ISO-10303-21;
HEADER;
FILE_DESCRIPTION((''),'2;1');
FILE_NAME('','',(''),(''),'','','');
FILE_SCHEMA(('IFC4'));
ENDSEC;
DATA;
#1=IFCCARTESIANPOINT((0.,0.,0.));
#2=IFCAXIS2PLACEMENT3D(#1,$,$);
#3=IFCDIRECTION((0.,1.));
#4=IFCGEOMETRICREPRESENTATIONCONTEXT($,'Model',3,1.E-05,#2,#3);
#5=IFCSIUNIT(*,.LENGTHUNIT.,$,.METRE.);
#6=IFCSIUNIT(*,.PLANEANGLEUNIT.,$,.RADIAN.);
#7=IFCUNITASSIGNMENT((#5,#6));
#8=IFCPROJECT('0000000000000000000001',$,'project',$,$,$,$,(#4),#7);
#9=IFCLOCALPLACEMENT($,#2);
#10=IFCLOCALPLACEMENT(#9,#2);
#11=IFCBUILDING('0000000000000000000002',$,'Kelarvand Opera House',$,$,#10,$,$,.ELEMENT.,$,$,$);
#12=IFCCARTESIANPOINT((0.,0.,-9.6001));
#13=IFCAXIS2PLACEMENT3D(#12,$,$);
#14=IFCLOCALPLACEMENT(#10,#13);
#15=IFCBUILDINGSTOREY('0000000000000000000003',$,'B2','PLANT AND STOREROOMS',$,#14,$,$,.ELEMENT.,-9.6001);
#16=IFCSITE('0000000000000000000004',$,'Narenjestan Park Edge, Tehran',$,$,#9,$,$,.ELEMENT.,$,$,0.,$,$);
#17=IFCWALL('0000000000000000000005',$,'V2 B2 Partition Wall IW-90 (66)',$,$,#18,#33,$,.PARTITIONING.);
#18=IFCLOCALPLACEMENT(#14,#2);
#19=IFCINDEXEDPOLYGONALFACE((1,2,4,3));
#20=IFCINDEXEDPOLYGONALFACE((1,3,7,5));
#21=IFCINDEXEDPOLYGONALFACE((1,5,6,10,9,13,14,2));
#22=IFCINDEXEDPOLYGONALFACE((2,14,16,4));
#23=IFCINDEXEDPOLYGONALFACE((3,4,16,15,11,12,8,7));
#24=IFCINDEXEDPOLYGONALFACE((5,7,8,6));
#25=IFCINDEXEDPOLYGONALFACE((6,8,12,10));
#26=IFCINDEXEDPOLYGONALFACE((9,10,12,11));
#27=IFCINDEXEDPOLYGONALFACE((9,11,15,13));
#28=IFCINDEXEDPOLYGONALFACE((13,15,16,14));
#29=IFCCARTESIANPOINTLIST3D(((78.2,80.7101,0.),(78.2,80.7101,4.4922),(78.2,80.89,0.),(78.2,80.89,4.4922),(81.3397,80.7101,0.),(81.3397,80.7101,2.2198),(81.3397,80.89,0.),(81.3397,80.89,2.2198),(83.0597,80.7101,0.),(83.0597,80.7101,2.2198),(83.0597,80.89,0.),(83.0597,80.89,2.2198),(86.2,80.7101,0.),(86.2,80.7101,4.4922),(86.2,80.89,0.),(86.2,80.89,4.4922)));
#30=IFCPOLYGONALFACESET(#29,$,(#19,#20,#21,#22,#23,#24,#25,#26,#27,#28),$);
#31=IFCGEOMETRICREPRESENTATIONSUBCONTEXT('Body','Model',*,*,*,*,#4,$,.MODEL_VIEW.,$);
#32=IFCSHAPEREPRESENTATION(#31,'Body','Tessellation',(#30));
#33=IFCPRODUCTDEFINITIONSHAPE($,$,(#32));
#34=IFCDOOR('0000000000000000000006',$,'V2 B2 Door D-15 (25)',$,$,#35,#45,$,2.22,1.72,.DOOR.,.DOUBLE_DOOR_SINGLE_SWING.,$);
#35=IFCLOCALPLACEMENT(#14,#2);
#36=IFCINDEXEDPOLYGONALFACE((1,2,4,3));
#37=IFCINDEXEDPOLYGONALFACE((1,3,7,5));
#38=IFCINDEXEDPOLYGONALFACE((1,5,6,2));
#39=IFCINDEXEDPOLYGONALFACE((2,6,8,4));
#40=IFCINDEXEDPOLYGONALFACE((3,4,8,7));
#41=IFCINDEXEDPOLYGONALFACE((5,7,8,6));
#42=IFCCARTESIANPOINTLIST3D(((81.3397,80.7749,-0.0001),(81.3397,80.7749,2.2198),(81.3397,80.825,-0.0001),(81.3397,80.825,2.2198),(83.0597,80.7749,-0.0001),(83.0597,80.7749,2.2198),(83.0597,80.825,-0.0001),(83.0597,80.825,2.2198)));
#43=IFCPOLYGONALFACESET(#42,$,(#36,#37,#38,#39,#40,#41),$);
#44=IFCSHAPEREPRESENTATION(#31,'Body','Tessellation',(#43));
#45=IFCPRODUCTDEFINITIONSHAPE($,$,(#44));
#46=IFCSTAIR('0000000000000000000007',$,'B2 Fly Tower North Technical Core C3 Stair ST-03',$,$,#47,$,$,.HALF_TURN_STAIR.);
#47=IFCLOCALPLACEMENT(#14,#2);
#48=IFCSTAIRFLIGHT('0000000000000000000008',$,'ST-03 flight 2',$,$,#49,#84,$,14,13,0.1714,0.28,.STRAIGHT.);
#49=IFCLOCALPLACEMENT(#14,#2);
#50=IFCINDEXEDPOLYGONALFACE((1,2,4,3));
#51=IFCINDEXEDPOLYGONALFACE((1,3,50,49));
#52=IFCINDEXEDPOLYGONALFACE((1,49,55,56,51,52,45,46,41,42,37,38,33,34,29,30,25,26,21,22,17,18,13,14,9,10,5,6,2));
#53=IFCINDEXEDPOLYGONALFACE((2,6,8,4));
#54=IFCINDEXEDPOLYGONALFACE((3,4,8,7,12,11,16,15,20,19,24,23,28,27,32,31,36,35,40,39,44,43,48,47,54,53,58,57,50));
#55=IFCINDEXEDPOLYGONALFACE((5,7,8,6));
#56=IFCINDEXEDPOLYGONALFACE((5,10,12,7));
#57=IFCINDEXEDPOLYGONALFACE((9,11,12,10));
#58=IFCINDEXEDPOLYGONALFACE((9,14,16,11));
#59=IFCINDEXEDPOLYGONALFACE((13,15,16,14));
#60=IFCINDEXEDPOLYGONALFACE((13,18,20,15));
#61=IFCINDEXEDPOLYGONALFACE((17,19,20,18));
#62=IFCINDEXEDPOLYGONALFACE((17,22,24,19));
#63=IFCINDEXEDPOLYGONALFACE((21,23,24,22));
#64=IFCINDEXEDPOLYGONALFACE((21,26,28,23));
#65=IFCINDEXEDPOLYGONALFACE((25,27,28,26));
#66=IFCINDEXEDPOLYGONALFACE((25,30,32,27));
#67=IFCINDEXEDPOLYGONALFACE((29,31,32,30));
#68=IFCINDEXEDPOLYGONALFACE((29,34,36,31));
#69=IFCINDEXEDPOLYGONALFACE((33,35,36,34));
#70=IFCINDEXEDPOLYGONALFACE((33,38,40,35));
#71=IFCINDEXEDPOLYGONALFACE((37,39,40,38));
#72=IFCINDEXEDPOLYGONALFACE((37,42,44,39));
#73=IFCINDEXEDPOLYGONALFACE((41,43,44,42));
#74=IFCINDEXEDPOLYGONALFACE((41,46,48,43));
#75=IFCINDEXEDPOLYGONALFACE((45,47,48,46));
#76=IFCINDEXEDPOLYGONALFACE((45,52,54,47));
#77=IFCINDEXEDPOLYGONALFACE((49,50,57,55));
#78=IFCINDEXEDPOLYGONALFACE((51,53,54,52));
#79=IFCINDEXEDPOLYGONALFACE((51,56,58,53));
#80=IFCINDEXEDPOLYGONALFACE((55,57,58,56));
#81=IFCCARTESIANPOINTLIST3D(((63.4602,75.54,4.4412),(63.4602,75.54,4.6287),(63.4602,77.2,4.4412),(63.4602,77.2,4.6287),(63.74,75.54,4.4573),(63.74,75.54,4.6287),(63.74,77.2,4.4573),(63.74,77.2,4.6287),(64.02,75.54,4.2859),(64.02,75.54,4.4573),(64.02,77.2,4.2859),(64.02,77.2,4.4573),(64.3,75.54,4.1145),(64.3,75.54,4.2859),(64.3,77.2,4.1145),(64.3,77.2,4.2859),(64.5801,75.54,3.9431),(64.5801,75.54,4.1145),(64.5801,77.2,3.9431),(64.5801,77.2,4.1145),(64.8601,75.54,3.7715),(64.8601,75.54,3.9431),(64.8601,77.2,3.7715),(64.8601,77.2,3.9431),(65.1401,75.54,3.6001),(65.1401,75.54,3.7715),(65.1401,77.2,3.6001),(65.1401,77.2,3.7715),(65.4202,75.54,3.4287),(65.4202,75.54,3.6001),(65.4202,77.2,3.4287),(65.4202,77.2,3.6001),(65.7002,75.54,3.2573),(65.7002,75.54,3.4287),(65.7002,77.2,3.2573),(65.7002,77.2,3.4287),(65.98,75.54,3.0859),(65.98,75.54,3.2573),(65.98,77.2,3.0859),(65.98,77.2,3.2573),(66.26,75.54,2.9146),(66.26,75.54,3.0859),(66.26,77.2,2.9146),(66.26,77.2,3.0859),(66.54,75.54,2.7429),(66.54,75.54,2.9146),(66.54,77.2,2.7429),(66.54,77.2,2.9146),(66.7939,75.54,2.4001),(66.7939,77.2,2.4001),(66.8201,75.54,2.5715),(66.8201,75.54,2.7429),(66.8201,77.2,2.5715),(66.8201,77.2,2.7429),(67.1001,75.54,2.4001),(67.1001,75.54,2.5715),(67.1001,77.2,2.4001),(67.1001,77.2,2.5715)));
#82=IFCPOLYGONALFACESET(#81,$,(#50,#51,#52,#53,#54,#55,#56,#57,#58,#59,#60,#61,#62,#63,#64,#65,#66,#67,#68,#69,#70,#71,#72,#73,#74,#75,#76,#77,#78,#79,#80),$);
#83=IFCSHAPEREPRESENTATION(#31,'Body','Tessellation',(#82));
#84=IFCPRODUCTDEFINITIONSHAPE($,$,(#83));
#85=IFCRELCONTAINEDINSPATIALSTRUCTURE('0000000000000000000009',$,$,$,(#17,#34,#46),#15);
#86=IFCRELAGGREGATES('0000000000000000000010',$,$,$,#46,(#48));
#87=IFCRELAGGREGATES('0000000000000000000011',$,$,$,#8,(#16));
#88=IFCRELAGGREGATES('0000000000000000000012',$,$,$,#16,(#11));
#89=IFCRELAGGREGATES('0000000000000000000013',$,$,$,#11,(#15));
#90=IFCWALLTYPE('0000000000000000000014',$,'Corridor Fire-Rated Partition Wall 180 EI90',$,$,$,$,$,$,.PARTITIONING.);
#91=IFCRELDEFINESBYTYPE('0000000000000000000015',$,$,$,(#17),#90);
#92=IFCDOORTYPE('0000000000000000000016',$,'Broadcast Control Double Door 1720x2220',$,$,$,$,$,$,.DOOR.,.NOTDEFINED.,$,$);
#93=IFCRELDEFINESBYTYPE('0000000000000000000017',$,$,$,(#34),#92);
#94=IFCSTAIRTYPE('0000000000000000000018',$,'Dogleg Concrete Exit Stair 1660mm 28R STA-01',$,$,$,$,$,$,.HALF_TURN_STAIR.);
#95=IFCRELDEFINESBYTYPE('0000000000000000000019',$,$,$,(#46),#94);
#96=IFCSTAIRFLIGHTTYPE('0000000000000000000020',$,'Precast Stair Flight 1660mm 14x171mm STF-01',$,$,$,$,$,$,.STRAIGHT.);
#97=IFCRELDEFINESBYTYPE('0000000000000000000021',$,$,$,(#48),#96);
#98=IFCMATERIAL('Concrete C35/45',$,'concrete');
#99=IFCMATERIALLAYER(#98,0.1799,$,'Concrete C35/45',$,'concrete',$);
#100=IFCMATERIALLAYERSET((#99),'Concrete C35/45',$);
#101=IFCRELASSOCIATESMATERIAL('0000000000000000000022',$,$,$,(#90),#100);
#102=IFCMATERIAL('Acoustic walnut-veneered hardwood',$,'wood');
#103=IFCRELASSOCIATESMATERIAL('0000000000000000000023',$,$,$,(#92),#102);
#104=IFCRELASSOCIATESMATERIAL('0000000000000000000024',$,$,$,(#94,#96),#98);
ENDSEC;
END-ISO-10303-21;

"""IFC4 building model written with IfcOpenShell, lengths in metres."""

from ifc_helpers import new_model, si_unit, direction, frame, frame_2d, origin, place, context, subcontext, project, spatial, polyline, rectangle, outline, extrude, material, layer, layer_set, type_object, element, fill, aggregate, save


model = new_model("IFC4")

# Units and contexts
model_context = context("Model", 3, precision=1e-05, world=origin(), true_north=direction((0.0, 1.0)))
body_context = subcontext(model_context, "Body", "Model", "MODEL_VIEW")
ifc_project = project(units=[si_unit("LENGTHUNIT", "METRE"), si_unit("PLANEANGLEUNIT", "RADIAN")], contexts=[model_context])

# Site, building, storey
site_placement = place(None, origin())
site = spatial("IfcSite", under=ifc_project, at=site_placement, Name="Narenjestan Park Edge, Tehran", CompositionType="ELEMENT", RefElevation=0.0)
building_placement = place(site_placement, origin())
building = spatial("IfcBuilding", under=site, at=building_placement, Name="Kelarvand Opera House", CompositionType="ELEMENT")
storey_placement = place(building_placement, frame((0.0, 0.0, -9.6001)))
storey = spatial("IfcBuildingStorey", under=building, at=storey_placement, Name="B2", Description="PLANT AND STOREROOMS", CompositionType="ELEMENT", Elevation=-9.6001)

# Shared definitions
ifc_material_1 = material(Name="Concrete C35/45", Category="concrete")

# Wall, opening, door
ifc_layer_1 = layer(ifc_material_1, 0.1799, Name="Concrete C35/45", Category="concrete")
ifc_layer_set_1 = layer_set([ifc_layer_1], Name="Concrete C35/45")
wall_type_1 = type_object("IfcWallType", Name="Corridor Fire-Rated Partition Wall 180 EI90", PredefinedType="PARTITIONING", material=ifc_layer_set_1)
ifc_material_2 = material(Name="Acoustic walnut-veneered hardwood", Category="wood")
wall_1_placement = place(storey_placement, frame((78.2, 80.8, 0.0), z_axis=(0.0, 0.0, 1.0), x_axis=(1.0, 0.0, 0.0)))
wall_1 = element("IfcWall", 1, at=wall_1_placement, inside=storey, type_object=wall_type_1, Name="V2 B2 Partition Wall IW-90 (66)", PredefinedType="PARTITIONING", context=body_context, shape_type="SweptSolid", body=[
    extrude(rectangle(XDim=8.0, YDim=0.1799, at=frame_2d((4.0, 0.0))), origin(), (0.0, 0.0, 1.0), 4.4922),
])
opening_1_placement = place(wall_1_placement, frame((3.1399, 0.0, 0.0)))
opening_1 = element("IfcOpeningElement", 2, at=opening_1_placement, cuts=wall_1, PredefinedType="OPENING", context=body_context, shape_type="SweptSolid", body=[
    extrude(rectangle(XDim=1.72, YDim=2.22, at=frame_2d((0.8599, 1.1099))), frame((0.0, 0.1001, 0.0), z_axis=(0.0, -1.0, 0.0), x_axis=(1.0, 0.0, 0.0)), (0.0, 0.0, 1.0), 0.2),
])
door_type_1 = type_object("IfcDoorType", Name="Broadcast Control Double Door 1720x2220", OperationType="NOTDEFINED", PredefinedType="DOOR", material=ifc_material_2)
door_1_placement = place(opening_1_placement, origin())
door_1 = element("IfcDoor", 3, at=door_1_placement, inside=storey, type_object=door_type_1, Name="V2 B2 Door D-15 (25)", OperationType="DOUBLE_DOOR_SINGLE_SWING", OverallHeight=2.22, OverallWidth=1.72, PredefinedType="DOOR", context=body_context, shape_type="SweptSolid", body=[
    extrude(rectangle(XDim=1.72, YDim=2.22, at=frame_2d((0.8599, 1.1099))), frame((0.0, 0.0249, 0.0), z_axis=(0.0, -1.0, 0.0), x_axis=(1.0, 0.0, 0.0)), (0.0, 0.0, 1.0), 0.05),
])
fill(opening_1, door_1)

# Stair, stair flight
stair_type = type_object("IfcStairType", Name="Dogleg Concrete Exit Stair 1660mm 28R STA-01", PredefinedType="HALF_TURN_STAIR", material=ifc_material_1)
stair_placement = place(storey_placement, origin())
stair = element("IfcStair", 4, at=stair_placement, inside=storey, type_object=stair_type, Name="B2 Fly Tower North Technical Core C3 Stair ST-03", PredefinedType="HALF_TURN_STAIR")
stair_flight_type = type_object("IfcStairFlightType", Name="Precast Stair Flight 1660mm 14x171mm STF-01", PredefinedType="STRAIGHT", material=ifc_material_1)
stair_flight_placement = place(storey_placement, frame((67.1001, 76.3701, 2.4001), z_axis=(0.0, 0.0, 1.0), x_axis=(-1.0, 0.0, 0.0)))
stair_flight = element("IfcStairFlight", 5, at=stair_flight_placement, type_object=stair_flight_type, Name="ST-03 flight 2", NumberOfRisers=14, NumberOfTreads=13, PredefinedType="STRAIGHT", RiserHeight=0.1714, TreadLength=0.28, context=body_context, shape_type="SweptSolid", body=[
    extrude(outline(polyline([(0.0, 0.0), (0.0, 0.1714), (0.28, 0.1714), (0.28, 0.3428), (0.5601, 0.3428), (0.5601, 0.5144), (0.8401, 0.5144), (0.8401, 0.6858), (1.1201, 0.6858), (1.1201, 0.8572), (1.3999, 0.8572), (1.3999, 1.0286), (1.6799, 1.0286), (1.6799, 1.2), (1.96, 1.2), (1.96, 1.3713), (2.24, 1.3713), (2.24, 1.543), (2.52, 1.543), (2.52, 1.7144), (2.8, 1.7144), (2.8, 1.8857), (3.0801, 1.8857), (3.0801, 2.0571), (3.3601, 2.0571), (3.3601, 2.2285), (3.6399, 2.2285), (3.6399, 2.3999), (3.6399, 2.041), (0.3062, 0.0), (0.0, 0.0)])), frame((0.0, 0.8301, 0.0), z_axis=(0.0, -1.0, 0.0), x_axis=(1.0, 0.0, 0.0)), (0.0, 0.0, 1.0), 1.6599),
])
aggregate(stair, [stair_flight])

save(model, "model.ifc")
